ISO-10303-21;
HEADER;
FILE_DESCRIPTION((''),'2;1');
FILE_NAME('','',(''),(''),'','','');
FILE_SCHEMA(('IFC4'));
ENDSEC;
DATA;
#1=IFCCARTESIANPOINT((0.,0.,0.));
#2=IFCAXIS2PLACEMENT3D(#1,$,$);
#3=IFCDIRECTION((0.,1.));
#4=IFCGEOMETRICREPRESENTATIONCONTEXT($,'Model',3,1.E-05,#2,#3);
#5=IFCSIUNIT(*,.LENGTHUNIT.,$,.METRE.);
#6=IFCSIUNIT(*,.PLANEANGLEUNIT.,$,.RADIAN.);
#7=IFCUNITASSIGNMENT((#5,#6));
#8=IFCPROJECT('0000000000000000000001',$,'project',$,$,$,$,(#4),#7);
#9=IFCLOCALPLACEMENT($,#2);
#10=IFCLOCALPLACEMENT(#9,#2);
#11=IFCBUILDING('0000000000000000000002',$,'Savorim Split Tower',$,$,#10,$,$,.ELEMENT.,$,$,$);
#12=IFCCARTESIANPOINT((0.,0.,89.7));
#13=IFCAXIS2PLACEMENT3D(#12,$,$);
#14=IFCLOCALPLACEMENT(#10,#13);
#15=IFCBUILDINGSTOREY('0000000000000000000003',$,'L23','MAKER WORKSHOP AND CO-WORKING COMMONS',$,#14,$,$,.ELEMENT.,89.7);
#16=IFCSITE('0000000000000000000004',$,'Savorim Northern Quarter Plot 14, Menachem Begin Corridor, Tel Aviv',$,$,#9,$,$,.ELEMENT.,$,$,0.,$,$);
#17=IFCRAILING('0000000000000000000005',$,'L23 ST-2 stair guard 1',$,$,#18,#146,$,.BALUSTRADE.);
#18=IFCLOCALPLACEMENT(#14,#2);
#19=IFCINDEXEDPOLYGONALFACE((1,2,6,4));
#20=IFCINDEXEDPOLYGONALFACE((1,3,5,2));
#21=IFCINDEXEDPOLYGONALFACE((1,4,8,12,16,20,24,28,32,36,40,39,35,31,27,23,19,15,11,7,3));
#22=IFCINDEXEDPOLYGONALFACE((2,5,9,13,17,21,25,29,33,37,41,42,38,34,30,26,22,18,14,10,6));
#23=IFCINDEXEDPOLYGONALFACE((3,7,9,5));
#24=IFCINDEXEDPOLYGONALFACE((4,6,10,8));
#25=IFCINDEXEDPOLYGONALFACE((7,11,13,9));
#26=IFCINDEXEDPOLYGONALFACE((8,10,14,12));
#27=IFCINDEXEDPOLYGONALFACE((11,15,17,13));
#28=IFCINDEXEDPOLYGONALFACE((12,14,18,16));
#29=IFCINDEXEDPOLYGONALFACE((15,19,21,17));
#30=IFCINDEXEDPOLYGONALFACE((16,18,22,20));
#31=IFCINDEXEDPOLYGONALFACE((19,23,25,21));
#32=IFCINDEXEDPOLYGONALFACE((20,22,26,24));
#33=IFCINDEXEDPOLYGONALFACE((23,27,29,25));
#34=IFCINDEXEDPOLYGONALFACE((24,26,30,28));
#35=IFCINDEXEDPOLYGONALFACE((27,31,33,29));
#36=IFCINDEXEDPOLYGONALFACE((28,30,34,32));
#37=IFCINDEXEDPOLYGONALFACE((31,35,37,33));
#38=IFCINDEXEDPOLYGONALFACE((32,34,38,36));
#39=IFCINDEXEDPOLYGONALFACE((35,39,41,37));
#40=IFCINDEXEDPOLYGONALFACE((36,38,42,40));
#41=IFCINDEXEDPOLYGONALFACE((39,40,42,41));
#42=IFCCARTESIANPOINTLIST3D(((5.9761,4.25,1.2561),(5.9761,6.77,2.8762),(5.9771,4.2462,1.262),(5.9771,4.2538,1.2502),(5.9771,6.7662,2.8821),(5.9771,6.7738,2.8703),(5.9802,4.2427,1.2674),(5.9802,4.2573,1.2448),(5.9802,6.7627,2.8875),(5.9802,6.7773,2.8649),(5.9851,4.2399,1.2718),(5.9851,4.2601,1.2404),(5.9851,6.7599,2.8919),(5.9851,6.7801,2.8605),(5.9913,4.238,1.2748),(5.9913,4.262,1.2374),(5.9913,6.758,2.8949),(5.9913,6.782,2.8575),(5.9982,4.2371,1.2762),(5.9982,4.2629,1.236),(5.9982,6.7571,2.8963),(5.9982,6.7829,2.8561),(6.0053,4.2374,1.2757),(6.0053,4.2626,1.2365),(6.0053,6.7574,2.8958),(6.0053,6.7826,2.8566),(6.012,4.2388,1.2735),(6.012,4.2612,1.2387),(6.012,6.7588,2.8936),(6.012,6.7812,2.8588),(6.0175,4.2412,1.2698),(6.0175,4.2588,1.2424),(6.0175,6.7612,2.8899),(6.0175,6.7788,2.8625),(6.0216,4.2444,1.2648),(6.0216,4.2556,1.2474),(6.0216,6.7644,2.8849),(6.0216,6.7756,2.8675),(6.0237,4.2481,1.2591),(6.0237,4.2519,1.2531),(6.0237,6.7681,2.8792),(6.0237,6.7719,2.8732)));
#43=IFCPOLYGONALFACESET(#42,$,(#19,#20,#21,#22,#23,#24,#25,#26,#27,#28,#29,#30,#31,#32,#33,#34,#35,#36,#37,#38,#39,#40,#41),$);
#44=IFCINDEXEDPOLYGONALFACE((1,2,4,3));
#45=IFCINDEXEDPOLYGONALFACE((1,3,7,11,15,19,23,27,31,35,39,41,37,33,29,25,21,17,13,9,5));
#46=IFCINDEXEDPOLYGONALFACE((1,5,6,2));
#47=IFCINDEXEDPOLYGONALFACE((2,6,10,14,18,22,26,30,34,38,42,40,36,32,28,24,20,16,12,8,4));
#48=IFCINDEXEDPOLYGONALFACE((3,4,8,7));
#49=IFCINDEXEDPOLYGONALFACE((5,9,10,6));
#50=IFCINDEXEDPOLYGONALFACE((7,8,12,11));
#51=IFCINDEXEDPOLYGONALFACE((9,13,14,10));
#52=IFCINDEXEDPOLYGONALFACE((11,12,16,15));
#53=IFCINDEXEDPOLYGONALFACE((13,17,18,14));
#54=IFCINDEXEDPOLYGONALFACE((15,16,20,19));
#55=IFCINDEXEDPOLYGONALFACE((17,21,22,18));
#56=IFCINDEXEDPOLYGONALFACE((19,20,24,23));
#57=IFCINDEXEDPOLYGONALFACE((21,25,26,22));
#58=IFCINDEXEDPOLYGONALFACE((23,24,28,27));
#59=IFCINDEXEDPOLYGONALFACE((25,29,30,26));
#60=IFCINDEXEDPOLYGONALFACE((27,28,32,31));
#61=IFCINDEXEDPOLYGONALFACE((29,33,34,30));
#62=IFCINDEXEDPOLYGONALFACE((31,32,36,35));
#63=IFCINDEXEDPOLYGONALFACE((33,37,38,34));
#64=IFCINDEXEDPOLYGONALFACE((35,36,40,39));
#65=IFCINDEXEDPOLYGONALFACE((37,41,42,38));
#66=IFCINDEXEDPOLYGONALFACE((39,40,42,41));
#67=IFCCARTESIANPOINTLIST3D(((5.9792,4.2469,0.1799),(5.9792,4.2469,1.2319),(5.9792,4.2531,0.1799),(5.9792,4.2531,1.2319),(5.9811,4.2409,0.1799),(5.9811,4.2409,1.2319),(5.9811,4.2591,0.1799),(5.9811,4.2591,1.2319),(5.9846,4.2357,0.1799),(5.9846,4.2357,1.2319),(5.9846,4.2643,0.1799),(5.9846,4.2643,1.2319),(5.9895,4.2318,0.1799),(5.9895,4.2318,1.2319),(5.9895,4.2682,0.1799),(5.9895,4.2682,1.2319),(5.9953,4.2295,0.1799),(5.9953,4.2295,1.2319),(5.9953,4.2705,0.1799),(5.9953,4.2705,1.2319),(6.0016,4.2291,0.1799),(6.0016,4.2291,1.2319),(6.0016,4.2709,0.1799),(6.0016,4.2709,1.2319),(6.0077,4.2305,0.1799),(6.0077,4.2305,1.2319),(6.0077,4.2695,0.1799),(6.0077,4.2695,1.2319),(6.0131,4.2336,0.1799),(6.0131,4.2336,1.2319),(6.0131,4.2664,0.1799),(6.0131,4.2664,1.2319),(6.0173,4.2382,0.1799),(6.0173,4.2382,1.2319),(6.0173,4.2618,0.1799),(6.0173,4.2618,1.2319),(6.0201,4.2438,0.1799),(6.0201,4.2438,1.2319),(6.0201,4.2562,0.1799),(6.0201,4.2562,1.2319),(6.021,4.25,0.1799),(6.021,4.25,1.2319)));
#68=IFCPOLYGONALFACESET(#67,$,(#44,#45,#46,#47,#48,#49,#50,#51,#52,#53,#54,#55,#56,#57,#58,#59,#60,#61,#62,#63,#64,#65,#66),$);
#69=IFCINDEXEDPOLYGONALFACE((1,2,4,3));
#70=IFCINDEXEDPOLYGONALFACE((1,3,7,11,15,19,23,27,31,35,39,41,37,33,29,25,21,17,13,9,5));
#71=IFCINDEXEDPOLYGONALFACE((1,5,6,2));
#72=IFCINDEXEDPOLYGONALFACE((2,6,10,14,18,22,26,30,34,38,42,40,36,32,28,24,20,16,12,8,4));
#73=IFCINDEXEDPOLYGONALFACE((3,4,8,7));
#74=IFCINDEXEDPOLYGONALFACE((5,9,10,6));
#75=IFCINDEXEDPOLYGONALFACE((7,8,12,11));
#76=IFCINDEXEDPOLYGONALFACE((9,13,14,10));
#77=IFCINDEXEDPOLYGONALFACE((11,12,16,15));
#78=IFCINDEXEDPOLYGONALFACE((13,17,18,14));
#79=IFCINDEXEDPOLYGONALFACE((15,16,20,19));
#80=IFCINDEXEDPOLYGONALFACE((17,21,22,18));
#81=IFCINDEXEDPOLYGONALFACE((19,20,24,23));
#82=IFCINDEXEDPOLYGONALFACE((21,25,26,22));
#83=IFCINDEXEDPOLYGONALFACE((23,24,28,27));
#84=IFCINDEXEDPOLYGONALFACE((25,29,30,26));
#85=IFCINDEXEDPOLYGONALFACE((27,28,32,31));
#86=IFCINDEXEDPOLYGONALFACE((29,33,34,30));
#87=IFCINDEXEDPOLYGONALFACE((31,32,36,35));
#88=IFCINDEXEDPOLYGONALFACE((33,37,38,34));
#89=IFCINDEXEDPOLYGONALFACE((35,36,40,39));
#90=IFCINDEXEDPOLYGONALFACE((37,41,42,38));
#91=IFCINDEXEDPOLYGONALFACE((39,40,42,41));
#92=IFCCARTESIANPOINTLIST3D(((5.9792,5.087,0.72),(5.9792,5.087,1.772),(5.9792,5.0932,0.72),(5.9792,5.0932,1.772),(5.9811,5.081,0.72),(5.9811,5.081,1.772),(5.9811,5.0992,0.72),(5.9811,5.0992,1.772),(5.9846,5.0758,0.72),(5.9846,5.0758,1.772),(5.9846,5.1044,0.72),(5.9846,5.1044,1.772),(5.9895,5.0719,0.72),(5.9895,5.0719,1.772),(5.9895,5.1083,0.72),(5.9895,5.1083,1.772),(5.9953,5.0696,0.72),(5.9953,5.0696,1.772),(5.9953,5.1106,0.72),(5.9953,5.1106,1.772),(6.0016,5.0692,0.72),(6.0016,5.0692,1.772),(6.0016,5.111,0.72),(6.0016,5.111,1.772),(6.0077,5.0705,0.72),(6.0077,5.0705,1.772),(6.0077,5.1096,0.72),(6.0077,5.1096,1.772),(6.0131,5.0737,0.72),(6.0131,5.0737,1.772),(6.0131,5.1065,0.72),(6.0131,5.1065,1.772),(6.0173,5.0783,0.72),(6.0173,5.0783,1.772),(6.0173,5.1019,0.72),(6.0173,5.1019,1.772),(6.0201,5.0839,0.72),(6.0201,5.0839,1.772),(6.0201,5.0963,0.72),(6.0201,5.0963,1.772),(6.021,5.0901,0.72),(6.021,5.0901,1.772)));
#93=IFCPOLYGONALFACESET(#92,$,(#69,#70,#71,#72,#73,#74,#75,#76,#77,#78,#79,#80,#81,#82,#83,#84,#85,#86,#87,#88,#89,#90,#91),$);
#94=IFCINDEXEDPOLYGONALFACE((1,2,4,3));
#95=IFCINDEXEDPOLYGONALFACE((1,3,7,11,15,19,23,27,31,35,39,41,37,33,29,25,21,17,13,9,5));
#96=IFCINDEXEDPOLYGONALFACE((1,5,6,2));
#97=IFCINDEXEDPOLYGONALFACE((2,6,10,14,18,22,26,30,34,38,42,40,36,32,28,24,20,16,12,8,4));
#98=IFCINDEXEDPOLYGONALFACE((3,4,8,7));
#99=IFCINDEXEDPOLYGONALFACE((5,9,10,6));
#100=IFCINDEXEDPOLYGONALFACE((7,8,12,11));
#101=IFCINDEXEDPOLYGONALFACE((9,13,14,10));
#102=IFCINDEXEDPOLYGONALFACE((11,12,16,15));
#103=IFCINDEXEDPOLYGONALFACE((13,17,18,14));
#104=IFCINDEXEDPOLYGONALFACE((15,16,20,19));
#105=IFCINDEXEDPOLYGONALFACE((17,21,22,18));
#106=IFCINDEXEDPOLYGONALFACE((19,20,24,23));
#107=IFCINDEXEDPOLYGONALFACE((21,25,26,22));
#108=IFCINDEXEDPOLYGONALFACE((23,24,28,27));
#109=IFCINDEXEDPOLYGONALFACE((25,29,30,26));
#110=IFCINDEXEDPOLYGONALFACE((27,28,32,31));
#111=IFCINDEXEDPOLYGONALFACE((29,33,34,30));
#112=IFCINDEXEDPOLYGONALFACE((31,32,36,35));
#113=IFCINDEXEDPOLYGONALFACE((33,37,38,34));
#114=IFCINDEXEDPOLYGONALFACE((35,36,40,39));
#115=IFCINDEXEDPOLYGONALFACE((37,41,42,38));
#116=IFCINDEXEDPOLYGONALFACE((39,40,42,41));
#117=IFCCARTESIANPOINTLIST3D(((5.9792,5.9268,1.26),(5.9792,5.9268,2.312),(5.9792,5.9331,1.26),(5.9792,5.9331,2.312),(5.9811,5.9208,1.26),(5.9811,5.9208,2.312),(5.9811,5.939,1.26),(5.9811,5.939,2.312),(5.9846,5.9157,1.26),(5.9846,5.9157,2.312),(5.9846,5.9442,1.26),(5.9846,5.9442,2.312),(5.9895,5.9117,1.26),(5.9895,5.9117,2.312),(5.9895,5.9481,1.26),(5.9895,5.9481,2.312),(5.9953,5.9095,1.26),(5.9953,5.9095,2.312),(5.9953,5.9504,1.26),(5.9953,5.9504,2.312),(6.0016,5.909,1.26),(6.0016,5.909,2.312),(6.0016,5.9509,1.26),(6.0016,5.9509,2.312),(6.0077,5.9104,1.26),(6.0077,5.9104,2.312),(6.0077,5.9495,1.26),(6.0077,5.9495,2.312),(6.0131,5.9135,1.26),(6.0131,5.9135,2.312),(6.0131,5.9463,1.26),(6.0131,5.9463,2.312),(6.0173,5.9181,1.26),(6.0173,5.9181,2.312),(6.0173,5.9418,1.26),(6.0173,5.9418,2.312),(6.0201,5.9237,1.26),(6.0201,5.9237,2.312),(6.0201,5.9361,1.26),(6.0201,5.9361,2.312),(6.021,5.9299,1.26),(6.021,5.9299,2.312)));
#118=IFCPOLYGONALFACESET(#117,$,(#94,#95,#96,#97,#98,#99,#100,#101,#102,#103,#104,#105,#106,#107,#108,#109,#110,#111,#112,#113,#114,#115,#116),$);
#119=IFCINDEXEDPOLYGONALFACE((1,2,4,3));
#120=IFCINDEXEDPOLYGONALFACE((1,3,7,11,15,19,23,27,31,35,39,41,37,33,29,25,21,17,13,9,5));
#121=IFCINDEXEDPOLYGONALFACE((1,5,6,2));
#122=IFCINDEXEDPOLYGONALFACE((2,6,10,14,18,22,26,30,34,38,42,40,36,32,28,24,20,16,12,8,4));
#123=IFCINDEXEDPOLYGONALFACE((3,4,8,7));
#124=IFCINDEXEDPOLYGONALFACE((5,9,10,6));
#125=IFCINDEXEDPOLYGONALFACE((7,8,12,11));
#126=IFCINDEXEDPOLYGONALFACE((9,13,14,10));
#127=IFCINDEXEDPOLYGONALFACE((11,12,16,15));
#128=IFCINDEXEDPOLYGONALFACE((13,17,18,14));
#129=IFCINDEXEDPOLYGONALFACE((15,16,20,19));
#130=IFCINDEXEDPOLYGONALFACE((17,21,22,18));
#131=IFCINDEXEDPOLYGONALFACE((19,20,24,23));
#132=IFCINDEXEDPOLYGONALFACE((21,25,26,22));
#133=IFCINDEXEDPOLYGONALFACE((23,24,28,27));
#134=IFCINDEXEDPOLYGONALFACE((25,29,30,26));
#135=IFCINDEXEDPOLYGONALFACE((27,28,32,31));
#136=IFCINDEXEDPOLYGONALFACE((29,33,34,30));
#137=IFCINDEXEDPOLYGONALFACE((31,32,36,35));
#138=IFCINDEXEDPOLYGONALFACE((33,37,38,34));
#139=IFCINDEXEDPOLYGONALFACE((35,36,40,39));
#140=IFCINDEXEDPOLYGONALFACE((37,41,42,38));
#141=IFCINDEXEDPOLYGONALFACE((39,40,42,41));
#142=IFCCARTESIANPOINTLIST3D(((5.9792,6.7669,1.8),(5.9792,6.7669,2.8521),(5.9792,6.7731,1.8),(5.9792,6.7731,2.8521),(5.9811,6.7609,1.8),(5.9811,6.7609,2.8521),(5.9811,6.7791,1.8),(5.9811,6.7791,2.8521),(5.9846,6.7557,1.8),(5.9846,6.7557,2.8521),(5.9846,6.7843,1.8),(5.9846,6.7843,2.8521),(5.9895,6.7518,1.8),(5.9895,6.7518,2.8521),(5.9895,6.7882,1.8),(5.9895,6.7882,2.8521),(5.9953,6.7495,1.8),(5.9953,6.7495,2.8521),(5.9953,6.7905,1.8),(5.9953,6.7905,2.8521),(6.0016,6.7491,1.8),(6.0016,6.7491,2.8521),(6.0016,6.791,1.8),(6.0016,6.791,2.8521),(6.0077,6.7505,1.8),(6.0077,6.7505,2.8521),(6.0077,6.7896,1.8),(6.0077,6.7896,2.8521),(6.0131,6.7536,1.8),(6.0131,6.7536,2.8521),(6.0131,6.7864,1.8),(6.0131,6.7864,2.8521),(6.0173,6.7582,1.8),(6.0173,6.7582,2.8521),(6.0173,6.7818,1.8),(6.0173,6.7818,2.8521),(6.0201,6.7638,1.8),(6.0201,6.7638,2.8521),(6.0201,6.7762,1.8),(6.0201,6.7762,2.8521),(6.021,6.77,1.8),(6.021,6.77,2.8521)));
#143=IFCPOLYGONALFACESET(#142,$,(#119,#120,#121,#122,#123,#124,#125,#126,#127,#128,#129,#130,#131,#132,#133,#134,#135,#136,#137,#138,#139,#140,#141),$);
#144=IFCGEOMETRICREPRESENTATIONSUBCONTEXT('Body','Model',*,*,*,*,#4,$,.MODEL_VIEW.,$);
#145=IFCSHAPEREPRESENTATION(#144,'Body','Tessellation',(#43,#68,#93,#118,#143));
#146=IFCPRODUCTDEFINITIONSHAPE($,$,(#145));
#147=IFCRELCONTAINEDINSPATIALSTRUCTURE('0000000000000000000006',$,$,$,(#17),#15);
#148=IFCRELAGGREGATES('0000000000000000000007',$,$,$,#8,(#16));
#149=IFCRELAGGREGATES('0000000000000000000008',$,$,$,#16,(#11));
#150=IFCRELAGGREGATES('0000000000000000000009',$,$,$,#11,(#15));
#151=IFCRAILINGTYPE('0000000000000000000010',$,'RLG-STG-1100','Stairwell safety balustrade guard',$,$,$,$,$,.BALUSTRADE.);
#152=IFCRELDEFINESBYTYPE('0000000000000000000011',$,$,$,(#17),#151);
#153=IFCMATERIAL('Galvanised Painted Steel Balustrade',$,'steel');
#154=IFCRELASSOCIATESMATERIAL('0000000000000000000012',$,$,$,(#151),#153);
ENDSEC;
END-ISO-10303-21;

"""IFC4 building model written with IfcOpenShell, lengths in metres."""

from ifc_helpers import new_model, si_unit, direction, frame, origin, origin_2d, place, context, subcontext, project, spatial, circle, extrude, material, type_object, element, save


model = new_model("IFC4")

# Units and contexts
model_context = context("Model", 3, precision=1e-05, world=origin(), true_north=direction((0.0, 1.0)))
body_context = subcontext(model_context, "Body", "Model", "MODEL_VIEW")
ifc_project = project(units=[si_unit("LENGTHUNIT", "METRE"), si_unit("PLANEANGLEUNIT", "RADIAN")], contexts=[model_context])

# Site, building, storey
site_placement = place(None, origin())
site = spatial("IfcSite", under=ifc_project, at=site_placement, Name="Savorim Northern Quarter Plot 14, Menachem Begin Corridor, Tel Aviv", CompositionType="ELEMENT", RefElevation=0.0)
building_placement = place(site_placement, origin())
building = spatial("IfcBuilding", under=site, at=building_placement, Name="Savorim Split Tower", CompositionType="ELEMENT")
storey_placement = place(building_placement, frame((0.0, 0.0, 89.7)))
storey = spatial("IfcBuildingStorey", under=building, at=storey_placement, Name="L23", Description="MAKER WORKSHOP AND CO-WORKING COMMONS", CompositionType="ELEMENT", Elevation=89.7)

# Railing
ifc_material_1 = material(Name="Galvanised Painted Steel Balustrade", Category="steel")
railing_type_1 = type_object("IfcRailingType", Name="RLG-STG-1100", Description="Stairwell safety balustrade guard", PredefinedType="BALUSTRADE", material=ifc_material_1)
railing_1_placement = place(storey_placement, frame((6.0, 4.25, 0.1799)))
element("IfcRailing", 1, at=railing_1_placement, inside=storey, type_object=railing_type_1, Name="L23 ST-2 stair guard 1", PredefinedType="BALUSTRADE", context=body_context, shape_type="SweptSolid", body=[
    extrude(circle(Radius=0.0239, at=origin_2d()), frame((0.0, 0.0, 1.0762), z_axis=(0.0, 0.841163, 0.540782), x_axis=(-1.0, 0.0, 0.0)), (0.0, 0.0, 1.0), 2.9958),
    extrude(circle(Radius=0.021, at=origin_2d()), origin(), (0.0, 0.0, 1.0), 1.052),
    extrude(circle(Radius=0.021, at=origin_2d()), frame((0.0, 0.8401, 0.54)), (0.0, 0.0, 1.0), 1.052),
    extrude(circle(Radius=0.021, at=origin_2d()), frame((0.0, 1.6799, 1.0801)), (0.0, 0.0, 1.0), 1.052),
    extrude(circle(Radius=0.021, at=origin_2d()), frame((0.0, 2.52, 1.6201)), (0.0, 0.0, 1.0), 1.052),
])

save(model, "model.ifc")
